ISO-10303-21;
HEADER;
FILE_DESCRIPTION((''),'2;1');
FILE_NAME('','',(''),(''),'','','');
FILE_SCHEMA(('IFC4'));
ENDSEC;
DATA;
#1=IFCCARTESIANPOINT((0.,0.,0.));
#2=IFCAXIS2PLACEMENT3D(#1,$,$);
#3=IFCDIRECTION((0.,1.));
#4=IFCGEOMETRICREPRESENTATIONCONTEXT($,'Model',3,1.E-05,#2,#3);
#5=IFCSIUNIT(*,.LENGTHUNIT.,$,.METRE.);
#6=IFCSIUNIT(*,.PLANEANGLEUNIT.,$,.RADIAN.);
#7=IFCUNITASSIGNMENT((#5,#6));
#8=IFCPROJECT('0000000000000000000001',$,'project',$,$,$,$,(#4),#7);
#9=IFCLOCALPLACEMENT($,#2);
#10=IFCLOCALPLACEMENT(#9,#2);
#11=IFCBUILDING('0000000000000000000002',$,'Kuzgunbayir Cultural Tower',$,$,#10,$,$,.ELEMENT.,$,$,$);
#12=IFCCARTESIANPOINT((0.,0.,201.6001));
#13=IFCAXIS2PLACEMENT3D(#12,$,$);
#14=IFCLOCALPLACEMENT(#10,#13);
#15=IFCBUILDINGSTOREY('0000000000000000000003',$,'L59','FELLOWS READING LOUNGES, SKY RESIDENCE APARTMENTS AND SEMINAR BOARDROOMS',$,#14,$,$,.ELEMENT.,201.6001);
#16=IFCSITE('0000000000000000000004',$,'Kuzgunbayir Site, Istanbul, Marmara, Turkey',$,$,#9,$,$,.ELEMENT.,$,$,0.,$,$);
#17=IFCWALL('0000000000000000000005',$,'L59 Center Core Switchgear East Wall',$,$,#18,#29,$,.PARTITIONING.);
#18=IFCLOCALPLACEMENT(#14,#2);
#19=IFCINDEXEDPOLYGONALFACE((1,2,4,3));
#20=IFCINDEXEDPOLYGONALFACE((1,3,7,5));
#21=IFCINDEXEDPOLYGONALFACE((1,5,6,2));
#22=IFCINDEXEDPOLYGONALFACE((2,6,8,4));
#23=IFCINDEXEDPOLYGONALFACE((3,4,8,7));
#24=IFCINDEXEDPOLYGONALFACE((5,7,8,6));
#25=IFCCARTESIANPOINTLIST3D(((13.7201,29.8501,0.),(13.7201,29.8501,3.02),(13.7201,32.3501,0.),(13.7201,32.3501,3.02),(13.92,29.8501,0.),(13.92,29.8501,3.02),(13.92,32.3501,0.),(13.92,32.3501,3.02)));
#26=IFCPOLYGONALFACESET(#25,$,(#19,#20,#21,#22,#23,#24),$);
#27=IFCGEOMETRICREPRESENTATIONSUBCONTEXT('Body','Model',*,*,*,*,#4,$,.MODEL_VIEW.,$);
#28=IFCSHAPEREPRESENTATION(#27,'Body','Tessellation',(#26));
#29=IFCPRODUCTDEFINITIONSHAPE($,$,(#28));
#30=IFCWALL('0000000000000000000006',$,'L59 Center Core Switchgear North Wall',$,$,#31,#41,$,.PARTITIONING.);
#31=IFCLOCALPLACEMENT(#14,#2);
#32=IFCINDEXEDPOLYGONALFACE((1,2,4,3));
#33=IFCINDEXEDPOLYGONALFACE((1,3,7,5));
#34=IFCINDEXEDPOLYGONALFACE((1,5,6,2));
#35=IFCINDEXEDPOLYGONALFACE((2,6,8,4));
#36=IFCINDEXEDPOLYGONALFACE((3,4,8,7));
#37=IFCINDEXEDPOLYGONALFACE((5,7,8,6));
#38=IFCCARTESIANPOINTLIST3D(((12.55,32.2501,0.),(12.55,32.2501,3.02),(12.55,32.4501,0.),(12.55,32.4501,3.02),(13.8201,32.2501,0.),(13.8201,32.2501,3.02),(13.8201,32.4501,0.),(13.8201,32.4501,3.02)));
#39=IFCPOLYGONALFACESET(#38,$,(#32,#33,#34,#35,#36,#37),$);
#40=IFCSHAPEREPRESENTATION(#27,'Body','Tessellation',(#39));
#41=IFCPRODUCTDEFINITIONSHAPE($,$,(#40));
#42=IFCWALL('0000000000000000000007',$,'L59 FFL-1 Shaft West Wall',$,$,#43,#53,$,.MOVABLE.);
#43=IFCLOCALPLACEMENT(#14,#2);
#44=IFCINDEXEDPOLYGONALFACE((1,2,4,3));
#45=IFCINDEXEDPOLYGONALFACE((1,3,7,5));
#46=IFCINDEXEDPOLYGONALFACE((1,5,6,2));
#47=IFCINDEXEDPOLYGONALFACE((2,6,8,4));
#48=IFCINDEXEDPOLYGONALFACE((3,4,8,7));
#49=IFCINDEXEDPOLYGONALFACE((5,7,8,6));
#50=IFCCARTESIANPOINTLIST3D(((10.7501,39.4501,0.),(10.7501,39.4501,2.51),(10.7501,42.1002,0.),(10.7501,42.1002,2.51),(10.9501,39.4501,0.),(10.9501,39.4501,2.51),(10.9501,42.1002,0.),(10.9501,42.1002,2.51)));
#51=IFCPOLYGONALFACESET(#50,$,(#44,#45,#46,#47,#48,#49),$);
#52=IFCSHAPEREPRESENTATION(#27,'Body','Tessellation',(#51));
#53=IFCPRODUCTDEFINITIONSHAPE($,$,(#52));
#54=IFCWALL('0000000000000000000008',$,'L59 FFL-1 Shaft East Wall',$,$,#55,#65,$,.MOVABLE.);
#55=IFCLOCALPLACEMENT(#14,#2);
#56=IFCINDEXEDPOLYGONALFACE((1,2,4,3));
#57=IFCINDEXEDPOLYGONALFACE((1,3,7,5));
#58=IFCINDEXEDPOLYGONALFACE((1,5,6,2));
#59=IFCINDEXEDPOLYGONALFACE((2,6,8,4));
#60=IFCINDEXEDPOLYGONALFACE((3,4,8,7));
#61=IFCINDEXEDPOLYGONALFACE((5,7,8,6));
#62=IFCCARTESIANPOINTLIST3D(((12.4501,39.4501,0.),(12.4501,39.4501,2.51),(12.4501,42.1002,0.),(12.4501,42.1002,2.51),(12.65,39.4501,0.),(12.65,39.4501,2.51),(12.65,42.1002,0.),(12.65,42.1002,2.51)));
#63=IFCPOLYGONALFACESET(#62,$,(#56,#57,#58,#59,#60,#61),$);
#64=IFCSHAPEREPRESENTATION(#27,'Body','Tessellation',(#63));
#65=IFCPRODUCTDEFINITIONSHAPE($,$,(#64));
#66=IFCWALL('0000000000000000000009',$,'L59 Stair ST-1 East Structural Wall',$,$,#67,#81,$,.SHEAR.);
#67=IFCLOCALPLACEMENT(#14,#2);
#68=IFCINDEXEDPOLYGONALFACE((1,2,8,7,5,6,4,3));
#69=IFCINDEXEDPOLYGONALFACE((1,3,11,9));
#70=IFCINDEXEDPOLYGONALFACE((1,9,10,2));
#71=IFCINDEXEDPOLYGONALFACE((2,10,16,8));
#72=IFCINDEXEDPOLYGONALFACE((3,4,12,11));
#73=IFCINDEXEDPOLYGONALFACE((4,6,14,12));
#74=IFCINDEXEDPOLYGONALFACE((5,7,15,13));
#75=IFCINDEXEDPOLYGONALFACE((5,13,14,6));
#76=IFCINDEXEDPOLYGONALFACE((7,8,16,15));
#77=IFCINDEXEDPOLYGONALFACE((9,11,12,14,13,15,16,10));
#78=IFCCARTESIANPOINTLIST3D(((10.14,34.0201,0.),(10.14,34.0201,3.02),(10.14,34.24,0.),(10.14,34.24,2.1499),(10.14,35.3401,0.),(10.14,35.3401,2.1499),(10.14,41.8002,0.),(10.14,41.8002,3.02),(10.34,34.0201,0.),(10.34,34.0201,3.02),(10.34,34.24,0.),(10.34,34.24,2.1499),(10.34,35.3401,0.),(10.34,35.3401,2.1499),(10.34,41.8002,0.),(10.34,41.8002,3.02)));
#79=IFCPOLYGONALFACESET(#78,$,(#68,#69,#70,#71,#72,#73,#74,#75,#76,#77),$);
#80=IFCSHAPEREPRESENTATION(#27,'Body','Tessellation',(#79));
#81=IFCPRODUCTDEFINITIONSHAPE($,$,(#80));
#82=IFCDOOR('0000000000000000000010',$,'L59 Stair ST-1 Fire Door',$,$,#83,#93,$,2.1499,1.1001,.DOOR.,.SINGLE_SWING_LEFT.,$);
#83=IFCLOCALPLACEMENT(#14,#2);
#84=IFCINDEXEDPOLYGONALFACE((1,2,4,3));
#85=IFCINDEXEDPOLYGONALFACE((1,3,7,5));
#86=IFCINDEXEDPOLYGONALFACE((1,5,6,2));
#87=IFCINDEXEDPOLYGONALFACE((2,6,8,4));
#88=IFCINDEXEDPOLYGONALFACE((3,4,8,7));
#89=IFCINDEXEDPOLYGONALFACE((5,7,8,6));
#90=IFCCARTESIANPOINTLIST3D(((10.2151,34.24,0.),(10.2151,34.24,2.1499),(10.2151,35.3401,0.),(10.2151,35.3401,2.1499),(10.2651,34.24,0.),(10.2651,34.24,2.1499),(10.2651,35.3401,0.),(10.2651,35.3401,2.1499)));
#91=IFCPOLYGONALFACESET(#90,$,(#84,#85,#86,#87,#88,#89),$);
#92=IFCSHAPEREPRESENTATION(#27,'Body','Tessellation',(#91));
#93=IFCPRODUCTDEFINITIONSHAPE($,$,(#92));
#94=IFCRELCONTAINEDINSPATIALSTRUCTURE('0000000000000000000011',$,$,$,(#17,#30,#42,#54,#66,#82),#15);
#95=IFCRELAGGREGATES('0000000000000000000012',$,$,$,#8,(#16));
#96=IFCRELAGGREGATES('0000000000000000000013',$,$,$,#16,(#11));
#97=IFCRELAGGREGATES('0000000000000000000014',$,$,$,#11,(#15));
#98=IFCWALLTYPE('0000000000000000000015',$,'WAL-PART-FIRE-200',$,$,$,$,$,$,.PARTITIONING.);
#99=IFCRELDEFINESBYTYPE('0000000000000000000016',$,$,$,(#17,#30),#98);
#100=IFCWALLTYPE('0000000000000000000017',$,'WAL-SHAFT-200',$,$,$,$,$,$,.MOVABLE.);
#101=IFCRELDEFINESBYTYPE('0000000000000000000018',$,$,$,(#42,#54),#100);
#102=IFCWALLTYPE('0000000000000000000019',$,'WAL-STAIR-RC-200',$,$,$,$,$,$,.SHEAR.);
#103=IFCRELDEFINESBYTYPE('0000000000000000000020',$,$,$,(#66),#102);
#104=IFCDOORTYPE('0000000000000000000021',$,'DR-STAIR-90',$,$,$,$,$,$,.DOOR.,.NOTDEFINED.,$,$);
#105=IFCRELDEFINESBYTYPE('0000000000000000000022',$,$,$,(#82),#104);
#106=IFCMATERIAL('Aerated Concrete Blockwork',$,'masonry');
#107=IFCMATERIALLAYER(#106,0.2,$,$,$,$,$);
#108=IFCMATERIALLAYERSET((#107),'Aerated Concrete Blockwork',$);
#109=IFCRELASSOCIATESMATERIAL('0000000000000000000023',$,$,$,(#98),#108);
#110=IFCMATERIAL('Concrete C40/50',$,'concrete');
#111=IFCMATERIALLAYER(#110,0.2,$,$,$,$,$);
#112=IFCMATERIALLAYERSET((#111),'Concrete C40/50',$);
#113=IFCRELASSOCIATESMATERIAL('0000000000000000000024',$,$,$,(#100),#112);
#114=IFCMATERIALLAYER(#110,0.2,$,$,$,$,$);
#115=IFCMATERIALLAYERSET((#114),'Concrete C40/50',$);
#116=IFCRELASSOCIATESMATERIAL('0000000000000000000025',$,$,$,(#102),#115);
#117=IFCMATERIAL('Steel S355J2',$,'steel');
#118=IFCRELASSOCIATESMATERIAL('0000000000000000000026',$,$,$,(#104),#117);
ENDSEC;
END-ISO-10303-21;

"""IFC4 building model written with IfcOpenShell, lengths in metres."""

from ifc_helpers import new_model, si_unit, direction, frame, frame_2d, origin, place, context, subcontext, project, spatial, rectangle, extrude, material, layer, layer_set, type_object, element, fill, save


model = new_model("IFC4")

# Units and contexts
model_context = context("Model", 3, precision=1e-05, world=origin(), true_north=direction((0.0, 1.0)))
body_context = subcontext(model_context, "Body", "Model", "MODEL_VIEW")
ifc_project = project(units=[si_unit("LENGTHUNIT", "METRE"), si_unit("PLANEANGLEUNIT", "RADIAN")], contexts=[model_context])

# Site, building, storey
site_placement = place(None, origin())
site = spatial("IfcSite", under=ifc_project, at=site_placement, Name="Kuzgunbayir Site, Istanbul, Marmara, Turkey", CompositionType="ELEMENT", RefElevation=0.0)
building_placement = place(site_placement, origin())
building = spatial("IfcBuilding", under=site, at=building_placement, Name="Kuzgunbayir Cultural Tower", CompositionType="ELEMENT")
storey_placement = place(building_placement, frame((0.0, 0.0, 201.6001)))
storey = spatial("IfcBuildingStorey", under=building, at=storey_placement, Name="L59", Description="FELLOWS READING LOUNGES, SKY RESIDENCE APARTMENTS AND SEMINAR BOARDROOMS", CompositionType="ELEMENT", Elevation=201.6001)

# Shared definitions
ifc_material_1 = material(Name="Steel S355J2", Category="steel")

# Shared definitions
ifc_material_2 = material(Name="Aerated Concrete Blockwork", Category="masonry")
ifc_layer_1 = layer(ifc_material_2, 0.2)
ifc_layer_set_1 = layer_set([ifc_layer_1], Name="Aerated Concrete Blockwork")
wall_type_1 = type_object("IfcWallType", Name="WAL-PART-FIRE-200", PredefinedType="PARTITIONING", material=ifc_layer_set_1)

# Walls
wall_1_placement = place(storey_placement, frame((13.8201, 29.8501, 0.0), z_axis=(0.0, 0.0, 1.0), x_axis=(0.0, 1.0, 0.0)))
element("IfcWall", 1, at=wall_1_placement, inside=storey, type_object=wall_type_1, Name="L59 Center Core Switchgear East Wall", PredefinedType="PARTITIONING", context=body_context, shape_type="SweptSolid", body=[
    extrude(rectangle(XDim=2.5, YDim=0.2, at=frame_2d((1.25, 0.0))), origin(), (0.0, 0.0, 1.0), 3.02),
])
wall_2_placement = place(storey_placement, frame((12.55, 32.3501, 0.0), z_axis=(0.0, 0.0, 1.0), x_axis=(1.0, 0.0, 0.0)))
element("IfcWall", 2, at=wall_2_placement, inside=storey, type_object=wall_type_1, Name="L59 Center Core Switchgear North Wall", PredefinedType="PARTITIONING", context=body_context, shape_type="SweptSolid", body=[
    extrude(rectangle(XDim=1.27, YDim=0.2, at=frame_2d((0.635, 0.0))), origin(), (0.0, 0.0, 1.0), 3.02),
])

# Shared definitions
ifc_material_3 = material(Name="Concrete C40/50", Category="concrete")
ifc_layer_2 = layer(ifc_material_3, 0.2)
ifc_layer_set_2 = layer_set([ifc_layer_2], Name="Concrete C40/50")
wall_type_2 = type_object("IfcWallType", Name="WAL-SHAFT-200", PredefinedType="MOVABLE", material=ifc_layer_set_2)

# Walls
for number, where, z_axis, x_axis, name in (
    (3, (10.8501, 39.45, 0.0), (0.0, 0.0, 1.0), (0.0, 1.0, 0.0), "L59 FFL-1 Shaft West Wall"),
    (4, (12.55, 39.45, 0.0), (0.0, 0.0, 1.0), (0.0, 1.0, 0.0), "L59 FFL-1 Shaft East Wall"),
):
    element("IfcWall", number, at=place(storey_placement, frame(where, z_axis=z_axis, x_axis=x_axis)), inside=storey, type_object=wall_type_2, Name=name, PredefinedType="MOVABLE", context=body_context, shape_type="SweptSolid", body=[
        extrude(rectangle(XDim=2.6501, YDim=0.2, at=frame_2d((1.3252, 0.0))), origin(), (0.0, 0.0, 1.0), 2.51),
    ])

# Wall, opening, door
ifc_layer_3 = layer(ifc_material_3, 0.2)
ifc_layer_set_3 = layer_set([ifc_layer_3], Name="Concrete C40/50")
wall_type_3 = type_object("IfcWallType", Name="WAL-STAIR-RC-200", PredefinedType="SHEAR", material=ifc_layer_set_3)
wall_3_placement = place(storey_placement, frame((10.24, 34.02, 0.0), z_axis=(0.0, 0.0, 1.0), x_axis=(0.0, 1.0, 0.0)))
wall_3 = element("IfcWall", 5, at=wall_3_placement, inside=storey, type_object=wall_type_3, Name="L59 Stair ST-1 East Structural Wall", PredefinedType="SHEAR", context=body_context, shape_type="SweptSolid", body=[
    extrude(rectangle(XDim=7.78, YDim=0.2, at=frame_2d((3.8901, 0.0))), origin(), (0.0, 0.0, 1.0), 3.02),
])
opening_1_placement = place(wall_3_placement, frame((0.22, 0.0, 0.0)))
opening_1 = element("IfcOpeningElement", 6, at=opening_1_placement, cuts=wall_3, PredefinedType="OPENING", context=body_context, shape_type="SweptSolid", body=[
    extrude(rectangle(XDim=1.1001, YDim=2.1499, at=frame_2d((0.55, 1.075))), frame((0.0, 0.1099, 0.0), z_axis=(0.0, -1.0, 0.0), x_axis=(1.0, 0.0, 0.0)), (0.0, 0.0, 1.0), 0.22),
])
door_type_1 = type_object("IfcDoorType", Name="DR-STAIR-90", OperationType="NOTDEFINED", PredefinedType="DOOR", material=ifc_material_1)
door_1_placement = place(opening_1_placement, origin())
door_1 = element("IfcDoor", 7, at=door_1_placement, inside=storey, type_object=door_type_1, Name="L59 Stair ST-1 Fire Door", OperationType="SINGLE_SWING_LEFT", OverallHeight=2.1499, OverallWidth=1.1001, PredefinedType="DOOR", context=body_context, shape_type="SweptSolid", body=[
    extrude(rectangle(XDim=1.1001, YDim=2.1499, at=frame_2d((0.55, 1.075))), frame((0.0, 0.0249, 0.0), z_axis=(0.0, -1.0, 0.0), x_axis=(1.0, 0.0, 0.0)), (0.0, 0.0, 1.0), 0.05),
])
fill(opening_1, door_1)

save(model, "model.ifc")
